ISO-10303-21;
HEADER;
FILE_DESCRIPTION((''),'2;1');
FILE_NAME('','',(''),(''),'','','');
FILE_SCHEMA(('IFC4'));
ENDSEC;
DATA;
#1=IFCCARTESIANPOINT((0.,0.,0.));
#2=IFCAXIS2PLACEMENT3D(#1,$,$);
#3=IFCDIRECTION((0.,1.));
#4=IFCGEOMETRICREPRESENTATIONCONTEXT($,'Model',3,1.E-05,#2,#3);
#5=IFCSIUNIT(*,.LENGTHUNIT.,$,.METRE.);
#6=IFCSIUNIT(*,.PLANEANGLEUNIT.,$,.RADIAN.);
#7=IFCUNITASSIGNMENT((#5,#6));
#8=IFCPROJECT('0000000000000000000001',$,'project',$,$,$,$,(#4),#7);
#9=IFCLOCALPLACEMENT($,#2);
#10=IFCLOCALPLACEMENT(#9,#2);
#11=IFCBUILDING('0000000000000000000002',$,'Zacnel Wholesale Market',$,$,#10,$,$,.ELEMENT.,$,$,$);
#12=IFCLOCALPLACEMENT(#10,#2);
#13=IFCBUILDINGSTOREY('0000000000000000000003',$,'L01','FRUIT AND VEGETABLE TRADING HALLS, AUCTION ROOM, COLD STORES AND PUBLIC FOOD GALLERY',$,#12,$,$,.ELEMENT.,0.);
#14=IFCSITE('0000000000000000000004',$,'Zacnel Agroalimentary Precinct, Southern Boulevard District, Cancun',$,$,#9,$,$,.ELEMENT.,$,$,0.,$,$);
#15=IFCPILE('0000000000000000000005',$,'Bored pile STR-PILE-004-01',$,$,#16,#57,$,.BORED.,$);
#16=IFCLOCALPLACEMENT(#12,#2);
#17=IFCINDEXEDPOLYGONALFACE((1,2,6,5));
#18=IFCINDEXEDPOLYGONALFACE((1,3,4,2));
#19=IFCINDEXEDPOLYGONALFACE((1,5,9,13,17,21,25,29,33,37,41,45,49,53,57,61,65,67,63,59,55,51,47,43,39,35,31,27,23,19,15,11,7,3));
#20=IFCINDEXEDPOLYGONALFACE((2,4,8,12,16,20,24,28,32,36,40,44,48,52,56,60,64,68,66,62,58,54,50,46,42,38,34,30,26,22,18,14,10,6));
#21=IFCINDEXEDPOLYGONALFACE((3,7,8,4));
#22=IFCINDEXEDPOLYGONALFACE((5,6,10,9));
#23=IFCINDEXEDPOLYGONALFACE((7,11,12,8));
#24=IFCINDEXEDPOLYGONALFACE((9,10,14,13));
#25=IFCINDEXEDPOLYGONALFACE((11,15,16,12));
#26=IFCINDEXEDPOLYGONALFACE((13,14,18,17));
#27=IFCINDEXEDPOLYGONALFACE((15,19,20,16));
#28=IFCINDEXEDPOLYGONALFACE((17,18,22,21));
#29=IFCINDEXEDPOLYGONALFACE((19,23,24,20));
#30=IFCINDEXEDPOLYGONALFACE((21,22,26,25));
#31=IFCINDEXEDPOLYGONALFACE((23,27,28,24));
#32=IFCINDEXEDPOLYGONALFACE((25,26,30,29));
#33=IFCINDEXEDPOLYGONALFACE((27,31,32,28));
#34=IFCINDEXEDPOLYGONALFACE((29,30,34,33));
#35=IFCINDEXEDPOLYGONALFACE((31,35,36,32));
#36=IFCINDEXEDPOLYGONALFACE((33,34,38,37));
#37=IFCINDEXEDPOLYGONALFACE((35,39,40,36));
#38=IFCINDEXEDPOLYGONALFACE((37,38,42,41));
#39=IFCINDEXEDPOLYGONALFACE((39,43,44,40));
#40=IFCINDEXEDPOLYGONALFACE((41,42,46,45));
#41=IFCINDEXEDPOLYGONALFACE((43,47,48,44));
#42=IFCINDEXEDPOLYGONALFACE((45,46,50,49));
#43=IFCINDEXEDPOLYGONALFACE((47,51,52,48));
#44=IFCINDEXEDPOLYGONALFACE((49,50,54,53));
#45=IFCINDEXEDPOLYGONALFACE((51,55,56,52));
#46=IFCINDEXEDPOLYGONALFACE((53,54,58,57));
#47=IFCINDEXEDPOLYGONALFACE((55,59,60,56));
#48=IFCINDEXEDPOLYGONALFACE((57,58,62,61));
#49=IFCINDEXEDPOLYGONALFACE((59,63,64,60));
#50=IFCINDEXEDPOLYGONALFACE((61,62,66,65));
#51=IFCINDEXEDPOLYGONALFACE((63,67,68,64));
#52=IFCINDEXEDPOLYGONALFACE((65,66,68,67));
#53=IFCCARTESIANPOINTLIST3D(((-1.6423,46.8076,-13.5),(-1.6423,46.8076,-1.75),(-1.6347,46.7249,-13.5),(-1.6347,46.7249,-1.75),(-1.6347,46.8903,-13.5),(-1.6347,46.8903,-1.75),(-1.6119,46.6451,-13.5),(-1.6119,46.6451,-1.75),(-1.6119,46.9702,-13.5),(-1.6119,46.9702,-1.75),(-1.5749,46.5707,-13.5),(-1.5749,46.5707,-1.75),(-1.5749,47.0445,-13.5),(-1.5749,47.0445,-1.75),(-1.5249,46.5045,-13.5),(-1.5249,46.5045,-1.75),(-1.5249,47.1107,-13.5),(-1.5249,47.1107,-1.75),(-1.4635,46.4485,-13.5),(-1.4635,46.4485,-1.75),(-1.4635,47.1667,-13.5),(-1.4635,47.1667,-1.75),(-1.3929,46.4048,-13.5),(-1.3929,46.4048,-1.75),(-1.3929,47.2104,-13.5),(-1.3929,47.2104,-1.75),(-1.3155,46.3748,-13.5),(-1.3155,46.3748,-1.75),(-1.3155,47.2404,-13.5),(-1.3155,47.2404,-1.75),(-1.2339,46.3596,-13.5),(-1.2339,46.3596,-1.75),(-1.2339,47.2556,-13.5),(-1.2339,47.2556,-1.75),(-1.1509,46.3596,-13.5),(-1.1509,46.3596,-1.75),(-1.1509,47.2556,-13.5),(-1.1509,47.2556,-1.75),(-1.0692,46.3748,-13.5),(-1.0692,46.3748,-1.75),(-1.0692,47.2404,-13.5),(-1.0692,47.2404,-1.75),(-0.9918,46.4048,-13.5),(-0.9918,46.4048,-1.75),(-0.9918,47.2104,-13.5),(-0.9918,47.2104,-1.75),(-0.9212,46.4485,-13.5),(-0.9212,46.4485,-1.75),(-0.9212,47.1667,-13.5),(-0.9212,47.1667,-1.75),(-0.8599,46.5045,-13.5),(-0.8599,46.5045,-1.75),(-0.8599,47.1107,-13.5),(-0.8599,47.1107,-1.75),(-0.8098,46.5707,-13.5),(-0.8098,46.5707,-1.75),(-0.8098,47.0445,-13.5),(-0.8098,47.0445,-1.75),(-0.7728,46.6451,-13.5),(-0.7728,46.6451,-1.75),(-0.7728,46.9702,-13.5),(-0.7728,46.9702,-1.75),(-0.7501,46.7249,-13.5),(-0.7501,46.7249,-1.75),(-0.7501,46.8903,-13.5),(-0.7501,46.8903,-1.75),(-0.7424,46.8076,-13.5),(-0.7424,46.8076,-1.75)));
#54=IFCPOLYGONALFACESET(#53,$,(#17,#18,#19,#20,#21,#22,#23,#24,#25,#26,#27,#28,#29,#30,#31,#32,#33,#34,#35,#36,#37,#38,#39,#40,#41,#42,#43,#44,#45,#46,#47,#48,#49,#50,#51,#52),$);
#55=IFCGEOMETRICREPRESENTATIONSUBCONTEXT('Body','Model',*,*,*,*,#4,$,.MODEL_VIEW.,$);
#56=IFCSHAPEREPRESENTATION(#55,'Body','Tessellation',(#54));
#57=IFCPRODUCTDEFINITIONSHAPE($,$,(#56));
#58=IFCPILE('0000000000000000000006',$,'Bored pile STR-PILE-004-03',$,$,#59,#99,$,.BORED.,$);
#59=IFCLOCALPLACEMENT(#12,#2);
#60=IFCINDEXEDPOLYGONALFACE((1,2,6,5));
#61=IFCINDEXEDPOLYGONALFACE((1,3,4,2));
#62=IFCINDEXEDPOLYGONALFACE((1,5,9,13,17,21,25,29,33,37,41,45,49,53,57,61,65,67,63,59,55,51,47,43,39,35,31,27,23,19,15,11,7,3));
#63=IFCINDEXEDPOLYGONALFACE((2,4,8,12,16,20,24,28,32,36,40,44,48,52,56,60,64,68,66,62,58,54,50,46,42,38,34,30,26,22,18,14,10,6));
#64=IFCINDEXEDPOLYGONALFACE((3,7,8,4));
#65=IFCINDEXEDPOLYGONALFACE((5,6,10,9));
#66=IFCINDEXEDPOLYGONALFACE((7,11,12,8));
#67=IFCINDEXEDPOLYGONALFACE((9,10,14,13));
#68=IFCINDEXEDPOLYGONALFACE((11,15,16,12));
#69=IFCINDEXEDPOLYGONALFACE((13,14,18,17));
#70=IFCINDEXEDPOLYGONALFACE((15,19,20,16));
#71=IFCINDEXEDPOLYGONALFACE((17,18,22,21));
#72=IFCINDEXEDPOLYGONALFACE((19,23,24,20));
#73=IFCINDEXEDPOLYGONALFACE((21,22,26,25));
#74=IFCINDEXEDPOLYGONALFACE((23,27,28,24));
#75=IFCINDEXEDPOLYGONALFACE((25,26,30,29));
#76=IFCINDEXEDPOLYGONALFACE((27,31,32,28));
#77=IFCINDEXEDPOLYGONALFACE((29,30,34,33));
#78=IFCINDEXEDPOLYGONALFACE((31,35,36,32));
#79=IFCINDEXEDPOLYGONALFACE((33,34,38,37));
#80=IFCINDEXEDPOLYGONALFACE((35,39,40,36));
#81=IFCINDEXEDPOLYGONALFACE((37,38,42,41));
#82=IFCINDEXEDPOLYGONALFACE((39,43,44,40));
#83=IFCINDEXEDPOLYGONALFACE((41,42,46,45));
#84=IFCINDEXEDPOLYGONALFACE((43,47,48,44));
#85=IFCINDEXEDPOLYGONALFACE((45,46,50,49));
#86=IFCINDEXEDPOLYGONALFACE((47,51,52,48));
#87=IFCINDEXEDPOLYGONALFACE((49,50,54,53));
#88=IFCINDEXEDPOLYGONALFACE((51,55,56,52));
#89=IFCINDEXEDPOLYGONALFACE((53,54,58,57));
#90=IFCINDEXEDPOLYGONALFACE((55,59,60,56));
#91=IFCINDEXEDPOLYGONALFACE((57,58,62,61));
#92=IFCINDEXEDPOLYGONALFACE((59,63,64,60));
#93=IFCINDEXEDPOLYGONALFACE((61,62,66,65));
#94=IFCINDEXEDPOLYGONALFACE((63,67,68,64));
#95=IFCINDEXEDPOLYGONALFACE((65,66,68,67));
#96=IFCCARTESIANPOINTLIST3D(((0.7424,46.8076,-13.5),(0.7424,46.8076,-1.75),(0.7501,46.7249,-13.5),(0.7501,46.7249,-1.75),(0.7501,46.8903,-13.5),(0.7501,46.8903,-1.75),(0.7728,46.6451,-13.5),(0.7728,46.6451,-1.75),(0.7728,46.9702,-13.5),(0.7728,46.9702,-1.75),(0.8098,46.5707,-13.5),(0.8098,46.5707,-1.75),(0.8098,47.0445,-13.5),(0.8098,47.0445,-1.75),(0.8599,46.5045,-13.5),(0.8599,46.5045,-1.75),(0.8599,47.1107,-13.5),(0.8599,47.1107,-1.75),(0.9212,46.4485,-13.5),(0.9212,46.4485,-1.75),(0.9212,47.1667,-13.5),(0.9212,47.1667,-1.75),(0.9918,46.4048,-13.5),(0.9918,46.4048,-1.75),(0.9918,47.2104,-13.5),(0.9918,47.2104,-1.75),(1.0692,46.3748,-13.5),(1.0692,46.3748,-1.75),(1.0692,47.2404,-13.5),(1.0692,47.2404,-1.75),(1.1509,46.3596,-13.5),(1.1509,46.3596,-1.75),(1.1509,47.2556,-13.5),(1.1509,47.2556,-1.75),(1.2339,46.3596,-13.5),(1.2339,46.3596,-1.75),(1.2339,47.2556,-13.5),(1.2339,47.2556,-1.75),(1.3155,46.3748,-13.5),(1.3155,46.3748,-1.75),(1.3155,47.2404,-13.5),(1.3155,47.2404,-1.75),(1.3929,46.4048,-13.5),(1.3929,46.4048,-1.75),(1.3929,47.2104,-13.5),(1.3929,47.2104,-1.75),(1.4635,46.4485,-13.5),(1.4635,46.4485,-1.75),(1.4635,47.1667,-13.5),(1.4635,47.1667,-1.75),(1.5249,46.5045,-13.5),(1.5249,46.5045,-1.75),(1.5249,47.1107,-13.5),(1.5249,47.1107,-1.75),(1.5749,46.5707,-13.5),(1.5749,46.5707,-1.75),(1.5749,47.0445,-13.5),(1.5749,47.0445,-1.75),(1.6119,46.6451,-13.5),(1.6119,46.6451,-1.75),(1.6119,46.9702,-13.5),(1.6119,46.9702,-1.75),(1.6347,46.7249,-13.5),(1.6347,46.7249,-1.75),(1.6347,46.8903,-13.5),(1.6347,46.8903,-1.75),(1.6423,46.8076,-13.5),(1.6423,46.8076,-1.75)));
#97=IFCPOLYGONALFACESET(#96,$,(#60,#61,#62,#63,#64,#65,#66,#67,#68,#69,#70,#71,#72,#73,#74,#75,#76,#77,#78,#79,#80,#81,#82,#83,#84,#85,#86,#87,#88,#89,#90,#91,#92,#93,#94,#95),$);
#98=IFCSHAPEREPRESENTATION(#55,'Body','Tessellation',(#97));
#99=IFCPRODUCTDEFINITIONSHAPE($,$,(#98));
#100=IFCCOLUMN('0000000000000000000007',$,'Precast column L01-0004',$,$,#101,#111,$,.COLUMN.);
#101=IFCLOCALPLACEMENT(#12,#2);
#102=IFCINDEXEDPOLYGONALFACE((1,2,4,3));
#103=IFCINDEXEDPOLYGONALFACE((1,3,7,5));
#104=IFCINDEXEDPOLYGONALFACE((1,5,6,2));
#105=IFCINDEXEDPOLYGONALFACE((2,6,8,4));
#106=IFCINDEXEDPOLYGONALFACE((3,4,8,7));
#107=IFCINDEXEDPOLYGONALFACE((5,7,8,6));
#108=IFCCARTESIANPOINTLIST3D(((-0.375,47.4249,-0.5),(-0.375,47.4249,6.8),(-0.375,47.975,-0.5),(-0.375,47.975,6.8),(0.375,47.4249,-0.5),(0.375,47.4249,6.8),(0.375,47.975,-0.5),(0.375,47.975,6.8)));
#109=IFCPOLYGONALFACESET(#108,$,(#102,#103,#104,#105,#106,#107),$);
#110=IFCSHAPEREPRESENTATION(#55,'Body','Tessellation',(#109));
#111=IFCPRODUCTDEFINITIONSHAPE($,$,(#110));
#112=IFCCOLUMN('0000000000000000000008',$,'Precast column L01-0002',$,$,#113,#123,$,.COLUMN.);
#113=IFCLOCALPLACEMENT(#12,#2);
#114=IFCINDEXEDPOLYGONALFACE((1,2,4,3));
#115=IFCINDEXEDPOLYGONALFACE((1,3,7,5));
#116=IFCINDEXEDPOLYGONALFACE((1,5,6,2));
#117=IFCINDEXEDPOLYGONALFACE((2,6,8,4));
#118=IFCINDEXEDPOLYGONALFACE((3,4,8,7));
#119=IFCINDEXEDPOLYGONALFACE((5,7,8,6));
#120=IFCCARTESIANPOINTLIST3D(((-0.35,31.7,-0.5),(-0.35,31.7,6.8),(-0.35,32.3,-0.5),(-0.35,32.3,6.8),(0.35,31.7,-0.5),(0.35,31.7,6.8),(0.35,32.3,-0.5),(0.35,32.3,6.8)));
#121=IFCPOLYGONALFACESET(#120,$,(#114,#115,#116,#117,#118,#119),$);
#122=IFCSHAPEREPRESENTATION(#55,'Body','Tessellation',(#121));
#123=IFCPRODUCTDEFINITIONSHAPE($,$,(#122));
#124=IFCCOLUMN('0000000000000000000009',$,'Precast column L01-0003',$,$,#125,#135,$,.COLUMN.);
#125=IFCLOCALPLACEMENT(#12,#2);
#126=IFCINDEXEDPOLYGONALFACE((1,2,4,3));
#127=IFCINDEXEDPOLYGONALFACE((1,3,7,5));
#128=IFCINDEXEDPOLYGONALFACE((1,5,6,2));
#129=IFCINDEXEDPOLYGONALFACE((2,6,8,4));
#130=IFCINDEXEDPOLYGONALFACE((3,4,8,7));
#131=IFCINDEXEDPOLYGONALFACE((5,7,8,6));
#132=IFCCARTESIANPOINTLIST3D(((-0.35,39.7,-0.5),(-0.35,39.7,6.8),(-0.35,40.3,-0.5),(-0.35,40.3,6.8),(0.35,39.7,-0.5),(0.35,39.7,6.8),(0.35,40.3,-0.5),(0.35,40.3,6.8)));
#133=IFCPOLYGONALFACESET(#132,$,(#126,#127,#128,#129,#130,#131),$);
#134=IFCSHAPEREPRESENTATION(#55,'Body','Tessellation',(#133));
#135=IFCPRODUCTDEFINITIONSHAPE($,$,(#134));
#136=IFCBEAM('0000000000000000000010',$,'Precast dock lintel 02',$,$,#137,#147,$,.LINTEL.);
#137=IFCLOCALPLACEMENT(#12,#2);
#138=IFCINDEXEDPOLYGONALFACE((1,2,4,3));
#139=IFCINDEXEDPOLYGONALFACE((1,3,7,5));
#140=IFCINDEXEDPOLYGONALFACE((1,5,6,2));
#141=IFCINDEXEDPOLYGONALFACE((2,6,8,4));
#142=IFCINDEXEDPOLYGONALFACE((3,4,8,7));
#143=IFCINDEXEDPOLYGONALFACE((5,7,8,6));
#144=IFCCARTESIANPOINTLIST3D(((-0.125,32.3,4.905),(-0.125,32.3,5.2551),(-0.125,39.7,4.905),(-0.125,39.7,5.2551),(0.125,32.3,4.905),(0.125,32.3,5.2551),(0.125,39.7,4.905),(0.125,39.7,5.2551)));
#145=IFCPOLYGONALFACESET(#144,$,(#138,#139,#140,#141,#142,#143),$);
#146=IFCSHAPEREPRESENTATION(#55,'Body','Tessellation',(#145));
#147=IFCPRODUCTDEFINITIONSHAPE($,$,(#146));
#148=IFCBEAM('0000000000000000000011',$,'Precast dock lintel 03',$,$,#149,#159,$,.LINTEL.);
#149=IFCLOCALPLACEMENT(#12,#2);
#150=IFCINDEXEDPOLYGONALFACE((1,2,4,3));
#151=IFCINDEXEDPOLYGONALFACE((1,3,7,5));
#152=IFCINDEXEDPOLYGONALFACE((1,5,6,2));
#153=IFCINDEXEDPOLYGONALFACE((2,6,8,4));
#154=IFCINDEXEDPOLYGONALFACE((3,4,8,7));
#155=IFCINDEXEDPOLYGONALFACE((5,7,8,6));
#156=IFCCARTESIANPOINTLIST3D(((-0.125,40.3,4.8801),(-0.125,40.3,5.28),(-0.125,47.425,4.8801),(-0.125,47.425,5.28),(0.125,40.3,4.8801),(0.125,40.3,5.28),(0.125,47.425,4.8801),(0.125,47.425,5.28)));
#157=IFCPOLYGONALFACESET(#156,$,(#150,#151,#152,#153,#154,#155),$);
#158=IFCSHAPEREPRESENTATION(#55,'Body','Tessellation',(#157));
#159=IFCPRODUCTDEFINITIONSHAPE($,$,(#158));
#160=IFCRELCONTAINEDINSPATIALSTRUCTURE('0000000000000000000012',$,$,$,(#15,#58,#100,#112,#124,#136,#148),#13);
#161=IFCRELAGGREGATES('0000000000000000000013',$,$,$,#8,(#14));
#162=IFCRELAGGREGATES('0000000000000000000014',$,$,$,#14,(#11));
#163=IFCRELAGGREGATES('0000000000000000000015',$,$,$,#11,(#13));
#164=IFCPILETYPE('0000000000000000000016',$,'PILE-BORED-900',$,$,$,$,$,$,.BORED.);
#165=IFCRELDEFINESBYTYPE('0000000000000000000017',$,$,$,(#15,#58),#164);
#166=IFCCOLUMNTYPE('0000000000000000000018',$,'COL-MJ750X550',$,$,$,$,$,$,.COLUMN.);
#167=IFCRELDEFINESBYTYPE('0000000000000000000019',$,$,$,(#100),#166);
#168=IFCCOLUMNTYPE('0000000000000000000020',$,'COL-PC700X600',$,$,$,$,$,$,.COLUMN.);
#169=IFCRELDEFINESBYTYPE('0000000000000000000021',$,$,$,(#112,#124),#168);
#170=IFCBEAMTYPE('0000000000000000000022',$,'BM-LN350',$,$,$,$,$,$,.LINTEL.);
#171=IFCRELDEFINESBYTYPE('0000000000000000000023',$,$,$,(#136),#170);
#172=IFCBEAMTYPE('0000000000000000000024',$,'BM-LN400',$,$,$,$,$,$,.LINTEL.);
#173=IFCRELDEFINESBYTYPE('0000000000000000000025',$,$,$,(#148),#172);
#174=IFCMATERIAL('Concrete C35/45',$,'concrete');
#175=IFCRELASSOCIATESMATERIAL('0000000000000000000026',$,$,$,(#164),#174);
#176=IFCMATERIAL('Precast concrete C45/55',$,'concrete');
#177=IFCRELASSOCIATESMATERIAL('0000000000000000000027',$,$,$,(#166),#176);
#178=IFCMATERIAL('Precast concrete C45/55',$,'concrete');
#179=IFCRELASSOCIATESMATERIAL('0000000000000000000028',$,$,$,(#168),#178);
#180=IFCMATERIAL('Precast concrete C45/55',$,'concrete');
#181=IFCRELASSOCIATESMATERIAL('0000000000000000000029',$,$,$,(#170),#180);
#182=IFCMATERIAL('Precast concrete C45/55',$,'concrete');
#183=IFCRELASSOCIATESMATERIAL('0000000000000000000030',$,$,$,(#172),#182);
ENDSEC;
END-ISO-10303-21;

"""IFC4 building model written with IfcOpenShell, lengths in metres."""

from ifc_helpers import new_model, si_unit, direction, frame, origin, origin_2d, place, context, subcontext, project, spatial, rectangle, circle, extrude, material, material_profile, profile_set, type_object, element, save


model = new_model("IFC4")

# Units and contexts
model_context = context("Model", 3, precision=1e-05, world=origin(), true_north=direction((0.0, 1.0)))
body_context = subcontext(model_context, "Body", "Model", "MODEL_VIEW")
ifc_project = project(units=[si_unit("LENGTHUNIT", "METRE"), si_unit("PLANEANGLEUNIT", "RADIAN")], contexts=[model_context])

# Site, building, storey
site_placement = place(None, origin())
site = spatial("IfcSite", under=ifc_project, at=site_placement, Name="Zacnel Agroalimentary Precinct, Southern Boulevard District, Cancun", CompositionType="ELEMENT", RefElevation=0.0)
building_placement = place(site_placement, origin())
building = spatial("IfcBuilding", under=site, at=building_placement, Name="Zacnel Wholesale Market", CompositionType="ELEMENT")
storey_placement = place(building_placement, origin())
storey = spatial("IfcBuildingStorey", under=building, at=storey_placement, Name="L01", Description="FRUIT AND VEGETABLE TRADING HALLS, AUCTION ROOM, COLD STORES AND PUBLIC FOOD GALLERY", CompositionType="ELEMENT", Elevation=0.0)

# Piles
ifc_material_1 = material(Name="Concrete C35/45", Category="concrete")
ifc_material_profile_1 = material_profile(ifc_material_1, circle(Radius=0.45, at=origin_2d()), Name="BORED PILE D900")
ifc_profile_set_1 = profile_set([ifc_material_profile_1], Name="Concrete C35/45")
pile_type = type_object("IfcPileType", Name="PILE-BORED-900", PredefinedType="BORED", material=ifc_profile_set_1)
for number, where, z_axis, x_axis, name in (
    (1, (-1.1924, 46.8076, -1.75), (0.0, 0.0, -1.0), (1.0, 0.0, 0.0), "Bored pile STR-PILE-004-01"),
    (2, (1.1924, 46.8076, -1.75), (0.0, 0.0, -1.0), (1.0, 0.0, 0.0), "Bored pile STR-PILE-004-03"),
):
    element("IfcPile", number, at=place(storey_placement, frame(where, z_axis=z_axis, x_axis=x_axis)), inside=storey, type_object=pile_type, Name=name, PredefinedType="BORED", context=body_context, shape_type="SweptSolid", body=[
        extrude(circle(Radius=0.45, at=origin_2d()), origin(), (0.0, 0.0, 1.0), 11.75),
    ])

# Columns
ifc_material_2 = material(Name="Precast concrete C45/55", Category="concrete")
ifc_material_profile_2 = material_profile(ifc_material_2, rectangle(XDim=0.75, YDim=0.55, at=origin_2d()), Name="PC 750x550")
ifc_profile_set_2 = profile_set([ifc_material_profile_2], Name="Precast concrete C45/55")
column_type_1 = type_object("IfcColumnType", Name="COL-MJ750X550", PredefinedType="COLUMN", material=ifc_profile_set_2)
column_placement = place(storey_placement, frame((0.0, 47.7, -0.5), z_axis=(0.0, 0.0, 1.0), x_axis=(1.0, 0.0, 0.0)))
element("IfcColumn", 3, at=column_placement, inside=storey, type_object=column_type_1, Name="Precast column L01-0004", PredefinedType="COLUMN", context=body_context, shape_type="SweptSolid", body=[
    extrude(rectangle(XDim=0.75, YDim=0.55, at=origin_2d()), origin(), (0.0, 0.0, 1.0), 7.3),
])
ifc_material_3 = material(Name="Precast concrete C45/55", Category="concrete")
ifc_material_profile_3 = material_profile(ifc_material_3, rectangle(XDim=0.7, YDim=0.6001, at=origin_2d()), Name="PC 700x600")
ifc_profile_set_3 = profile_set([ifc_material_profile_3], Name="Precast concrete C45/55")
column_type_2 = type_object("IfcColumnType", Name="COL-PC700X600", PredefinedType="COLUMN", material=ifc_profile_set_3)
for number, where, z_axis, x_axis, name in (
    (4, (0.0, 32.0, -0.5), (0.0, 0.0, 1.0), (1.0, 0.0, 0.0), "Precast column L01-0002"),
    (5, (0.0, 40.0, -0.5), (0.0, 0.0, 1.0), (1.0, 0.0, 0.0), "Precast column L01-0003"),
):
    element("IfcColumn", number, at=place(storey_placement, frame(where, z_axis=z_axis, x_axis=x_axis)), inside=storey, type_object=column_type_2, Name=name, PredefinedType="COLUMN", context=body_context, shape_type="SweptSolid", body=[
        extrude(rectangle(XDim=0.7, YDim=0.6001, at=origin_2d()), origin(), (0.0, 0.0, 1.0), 7.3),
    ])

# Beams
ifc_material_4 = material(Name="Precast concrete C45/55", Category="concrete")
ifc_material_profile_4 = material_profile(ifc_material_4, rectangle(XDim=0.25, YDim=0.3501, at=origin_2d()), Name="LN 250x350")
ifc_profile_set_4 = profile_set([ifc_material_profile_4], Name="Precast concrete C45/55")
beam_type_1 = type_object("IfcBeamType", Name="BM-LN350", PredefinedType="LINTEL", material=ifc_profile_set_4)
beam_1_placement = place(storey_placement, frame((0.0, 32.3, 5.0801), z_axis=(0.0, 1.0, 0.0), x_axis=(-1.0, 0.0, 0.0)))
element("IfcBeam", 6, at=beam_1_placement, inside=storey, type_object=beam_type_1, Name="Precast dock lintel 02", PredefinedType="LINTEL", context=body_context, shape_type="SweptSolid", body=[
    extrude(rectangle(XDim=0.25, YDim=0.3501, at=origin_2d()), origin(), (0.0, 0.0, 1.0), 7.3999),
])
ifc_material_5 = material(Name="Precast concrete C45/55", Category="concrete")
ifc_material_profile_5 = material_profile(ifc_material_5, rectangle(XDim=0.25, YDim=0.3999, at=origin_2d()), Name="LN 250x400")
ifc_profile_set_5 = profile_set([ifc_material_profile_5], Name="Precast concrete C45/55")
beam_type_2 = type_object("IfcBeamType", Name="BM-LN400", PredefinedType="LINTEL", material=ifc_profile_set_5)
beam_2_placement = place(storey_placement, frame((0.0, 40.3, 5.0801), z_axis=(0.0, 1.0, 0.0), x_axis=(-1.0, 0.0, 0.0)))
element("IfcBeam", 7, at=beam_2_placement, inside=storey, type_object=beam_type_2, Name="Precast dock lintel 03", PredefinedType="LINTEL", context=body_context, shape_type="SweptSolid", body=[
    extrude(rectangle(XDim=0.25, YDim=0.3999, at=origin_2d()), origin(), (0.0, 0.0, 1.0), 7.125),
])

save(model, "model.ifc")
